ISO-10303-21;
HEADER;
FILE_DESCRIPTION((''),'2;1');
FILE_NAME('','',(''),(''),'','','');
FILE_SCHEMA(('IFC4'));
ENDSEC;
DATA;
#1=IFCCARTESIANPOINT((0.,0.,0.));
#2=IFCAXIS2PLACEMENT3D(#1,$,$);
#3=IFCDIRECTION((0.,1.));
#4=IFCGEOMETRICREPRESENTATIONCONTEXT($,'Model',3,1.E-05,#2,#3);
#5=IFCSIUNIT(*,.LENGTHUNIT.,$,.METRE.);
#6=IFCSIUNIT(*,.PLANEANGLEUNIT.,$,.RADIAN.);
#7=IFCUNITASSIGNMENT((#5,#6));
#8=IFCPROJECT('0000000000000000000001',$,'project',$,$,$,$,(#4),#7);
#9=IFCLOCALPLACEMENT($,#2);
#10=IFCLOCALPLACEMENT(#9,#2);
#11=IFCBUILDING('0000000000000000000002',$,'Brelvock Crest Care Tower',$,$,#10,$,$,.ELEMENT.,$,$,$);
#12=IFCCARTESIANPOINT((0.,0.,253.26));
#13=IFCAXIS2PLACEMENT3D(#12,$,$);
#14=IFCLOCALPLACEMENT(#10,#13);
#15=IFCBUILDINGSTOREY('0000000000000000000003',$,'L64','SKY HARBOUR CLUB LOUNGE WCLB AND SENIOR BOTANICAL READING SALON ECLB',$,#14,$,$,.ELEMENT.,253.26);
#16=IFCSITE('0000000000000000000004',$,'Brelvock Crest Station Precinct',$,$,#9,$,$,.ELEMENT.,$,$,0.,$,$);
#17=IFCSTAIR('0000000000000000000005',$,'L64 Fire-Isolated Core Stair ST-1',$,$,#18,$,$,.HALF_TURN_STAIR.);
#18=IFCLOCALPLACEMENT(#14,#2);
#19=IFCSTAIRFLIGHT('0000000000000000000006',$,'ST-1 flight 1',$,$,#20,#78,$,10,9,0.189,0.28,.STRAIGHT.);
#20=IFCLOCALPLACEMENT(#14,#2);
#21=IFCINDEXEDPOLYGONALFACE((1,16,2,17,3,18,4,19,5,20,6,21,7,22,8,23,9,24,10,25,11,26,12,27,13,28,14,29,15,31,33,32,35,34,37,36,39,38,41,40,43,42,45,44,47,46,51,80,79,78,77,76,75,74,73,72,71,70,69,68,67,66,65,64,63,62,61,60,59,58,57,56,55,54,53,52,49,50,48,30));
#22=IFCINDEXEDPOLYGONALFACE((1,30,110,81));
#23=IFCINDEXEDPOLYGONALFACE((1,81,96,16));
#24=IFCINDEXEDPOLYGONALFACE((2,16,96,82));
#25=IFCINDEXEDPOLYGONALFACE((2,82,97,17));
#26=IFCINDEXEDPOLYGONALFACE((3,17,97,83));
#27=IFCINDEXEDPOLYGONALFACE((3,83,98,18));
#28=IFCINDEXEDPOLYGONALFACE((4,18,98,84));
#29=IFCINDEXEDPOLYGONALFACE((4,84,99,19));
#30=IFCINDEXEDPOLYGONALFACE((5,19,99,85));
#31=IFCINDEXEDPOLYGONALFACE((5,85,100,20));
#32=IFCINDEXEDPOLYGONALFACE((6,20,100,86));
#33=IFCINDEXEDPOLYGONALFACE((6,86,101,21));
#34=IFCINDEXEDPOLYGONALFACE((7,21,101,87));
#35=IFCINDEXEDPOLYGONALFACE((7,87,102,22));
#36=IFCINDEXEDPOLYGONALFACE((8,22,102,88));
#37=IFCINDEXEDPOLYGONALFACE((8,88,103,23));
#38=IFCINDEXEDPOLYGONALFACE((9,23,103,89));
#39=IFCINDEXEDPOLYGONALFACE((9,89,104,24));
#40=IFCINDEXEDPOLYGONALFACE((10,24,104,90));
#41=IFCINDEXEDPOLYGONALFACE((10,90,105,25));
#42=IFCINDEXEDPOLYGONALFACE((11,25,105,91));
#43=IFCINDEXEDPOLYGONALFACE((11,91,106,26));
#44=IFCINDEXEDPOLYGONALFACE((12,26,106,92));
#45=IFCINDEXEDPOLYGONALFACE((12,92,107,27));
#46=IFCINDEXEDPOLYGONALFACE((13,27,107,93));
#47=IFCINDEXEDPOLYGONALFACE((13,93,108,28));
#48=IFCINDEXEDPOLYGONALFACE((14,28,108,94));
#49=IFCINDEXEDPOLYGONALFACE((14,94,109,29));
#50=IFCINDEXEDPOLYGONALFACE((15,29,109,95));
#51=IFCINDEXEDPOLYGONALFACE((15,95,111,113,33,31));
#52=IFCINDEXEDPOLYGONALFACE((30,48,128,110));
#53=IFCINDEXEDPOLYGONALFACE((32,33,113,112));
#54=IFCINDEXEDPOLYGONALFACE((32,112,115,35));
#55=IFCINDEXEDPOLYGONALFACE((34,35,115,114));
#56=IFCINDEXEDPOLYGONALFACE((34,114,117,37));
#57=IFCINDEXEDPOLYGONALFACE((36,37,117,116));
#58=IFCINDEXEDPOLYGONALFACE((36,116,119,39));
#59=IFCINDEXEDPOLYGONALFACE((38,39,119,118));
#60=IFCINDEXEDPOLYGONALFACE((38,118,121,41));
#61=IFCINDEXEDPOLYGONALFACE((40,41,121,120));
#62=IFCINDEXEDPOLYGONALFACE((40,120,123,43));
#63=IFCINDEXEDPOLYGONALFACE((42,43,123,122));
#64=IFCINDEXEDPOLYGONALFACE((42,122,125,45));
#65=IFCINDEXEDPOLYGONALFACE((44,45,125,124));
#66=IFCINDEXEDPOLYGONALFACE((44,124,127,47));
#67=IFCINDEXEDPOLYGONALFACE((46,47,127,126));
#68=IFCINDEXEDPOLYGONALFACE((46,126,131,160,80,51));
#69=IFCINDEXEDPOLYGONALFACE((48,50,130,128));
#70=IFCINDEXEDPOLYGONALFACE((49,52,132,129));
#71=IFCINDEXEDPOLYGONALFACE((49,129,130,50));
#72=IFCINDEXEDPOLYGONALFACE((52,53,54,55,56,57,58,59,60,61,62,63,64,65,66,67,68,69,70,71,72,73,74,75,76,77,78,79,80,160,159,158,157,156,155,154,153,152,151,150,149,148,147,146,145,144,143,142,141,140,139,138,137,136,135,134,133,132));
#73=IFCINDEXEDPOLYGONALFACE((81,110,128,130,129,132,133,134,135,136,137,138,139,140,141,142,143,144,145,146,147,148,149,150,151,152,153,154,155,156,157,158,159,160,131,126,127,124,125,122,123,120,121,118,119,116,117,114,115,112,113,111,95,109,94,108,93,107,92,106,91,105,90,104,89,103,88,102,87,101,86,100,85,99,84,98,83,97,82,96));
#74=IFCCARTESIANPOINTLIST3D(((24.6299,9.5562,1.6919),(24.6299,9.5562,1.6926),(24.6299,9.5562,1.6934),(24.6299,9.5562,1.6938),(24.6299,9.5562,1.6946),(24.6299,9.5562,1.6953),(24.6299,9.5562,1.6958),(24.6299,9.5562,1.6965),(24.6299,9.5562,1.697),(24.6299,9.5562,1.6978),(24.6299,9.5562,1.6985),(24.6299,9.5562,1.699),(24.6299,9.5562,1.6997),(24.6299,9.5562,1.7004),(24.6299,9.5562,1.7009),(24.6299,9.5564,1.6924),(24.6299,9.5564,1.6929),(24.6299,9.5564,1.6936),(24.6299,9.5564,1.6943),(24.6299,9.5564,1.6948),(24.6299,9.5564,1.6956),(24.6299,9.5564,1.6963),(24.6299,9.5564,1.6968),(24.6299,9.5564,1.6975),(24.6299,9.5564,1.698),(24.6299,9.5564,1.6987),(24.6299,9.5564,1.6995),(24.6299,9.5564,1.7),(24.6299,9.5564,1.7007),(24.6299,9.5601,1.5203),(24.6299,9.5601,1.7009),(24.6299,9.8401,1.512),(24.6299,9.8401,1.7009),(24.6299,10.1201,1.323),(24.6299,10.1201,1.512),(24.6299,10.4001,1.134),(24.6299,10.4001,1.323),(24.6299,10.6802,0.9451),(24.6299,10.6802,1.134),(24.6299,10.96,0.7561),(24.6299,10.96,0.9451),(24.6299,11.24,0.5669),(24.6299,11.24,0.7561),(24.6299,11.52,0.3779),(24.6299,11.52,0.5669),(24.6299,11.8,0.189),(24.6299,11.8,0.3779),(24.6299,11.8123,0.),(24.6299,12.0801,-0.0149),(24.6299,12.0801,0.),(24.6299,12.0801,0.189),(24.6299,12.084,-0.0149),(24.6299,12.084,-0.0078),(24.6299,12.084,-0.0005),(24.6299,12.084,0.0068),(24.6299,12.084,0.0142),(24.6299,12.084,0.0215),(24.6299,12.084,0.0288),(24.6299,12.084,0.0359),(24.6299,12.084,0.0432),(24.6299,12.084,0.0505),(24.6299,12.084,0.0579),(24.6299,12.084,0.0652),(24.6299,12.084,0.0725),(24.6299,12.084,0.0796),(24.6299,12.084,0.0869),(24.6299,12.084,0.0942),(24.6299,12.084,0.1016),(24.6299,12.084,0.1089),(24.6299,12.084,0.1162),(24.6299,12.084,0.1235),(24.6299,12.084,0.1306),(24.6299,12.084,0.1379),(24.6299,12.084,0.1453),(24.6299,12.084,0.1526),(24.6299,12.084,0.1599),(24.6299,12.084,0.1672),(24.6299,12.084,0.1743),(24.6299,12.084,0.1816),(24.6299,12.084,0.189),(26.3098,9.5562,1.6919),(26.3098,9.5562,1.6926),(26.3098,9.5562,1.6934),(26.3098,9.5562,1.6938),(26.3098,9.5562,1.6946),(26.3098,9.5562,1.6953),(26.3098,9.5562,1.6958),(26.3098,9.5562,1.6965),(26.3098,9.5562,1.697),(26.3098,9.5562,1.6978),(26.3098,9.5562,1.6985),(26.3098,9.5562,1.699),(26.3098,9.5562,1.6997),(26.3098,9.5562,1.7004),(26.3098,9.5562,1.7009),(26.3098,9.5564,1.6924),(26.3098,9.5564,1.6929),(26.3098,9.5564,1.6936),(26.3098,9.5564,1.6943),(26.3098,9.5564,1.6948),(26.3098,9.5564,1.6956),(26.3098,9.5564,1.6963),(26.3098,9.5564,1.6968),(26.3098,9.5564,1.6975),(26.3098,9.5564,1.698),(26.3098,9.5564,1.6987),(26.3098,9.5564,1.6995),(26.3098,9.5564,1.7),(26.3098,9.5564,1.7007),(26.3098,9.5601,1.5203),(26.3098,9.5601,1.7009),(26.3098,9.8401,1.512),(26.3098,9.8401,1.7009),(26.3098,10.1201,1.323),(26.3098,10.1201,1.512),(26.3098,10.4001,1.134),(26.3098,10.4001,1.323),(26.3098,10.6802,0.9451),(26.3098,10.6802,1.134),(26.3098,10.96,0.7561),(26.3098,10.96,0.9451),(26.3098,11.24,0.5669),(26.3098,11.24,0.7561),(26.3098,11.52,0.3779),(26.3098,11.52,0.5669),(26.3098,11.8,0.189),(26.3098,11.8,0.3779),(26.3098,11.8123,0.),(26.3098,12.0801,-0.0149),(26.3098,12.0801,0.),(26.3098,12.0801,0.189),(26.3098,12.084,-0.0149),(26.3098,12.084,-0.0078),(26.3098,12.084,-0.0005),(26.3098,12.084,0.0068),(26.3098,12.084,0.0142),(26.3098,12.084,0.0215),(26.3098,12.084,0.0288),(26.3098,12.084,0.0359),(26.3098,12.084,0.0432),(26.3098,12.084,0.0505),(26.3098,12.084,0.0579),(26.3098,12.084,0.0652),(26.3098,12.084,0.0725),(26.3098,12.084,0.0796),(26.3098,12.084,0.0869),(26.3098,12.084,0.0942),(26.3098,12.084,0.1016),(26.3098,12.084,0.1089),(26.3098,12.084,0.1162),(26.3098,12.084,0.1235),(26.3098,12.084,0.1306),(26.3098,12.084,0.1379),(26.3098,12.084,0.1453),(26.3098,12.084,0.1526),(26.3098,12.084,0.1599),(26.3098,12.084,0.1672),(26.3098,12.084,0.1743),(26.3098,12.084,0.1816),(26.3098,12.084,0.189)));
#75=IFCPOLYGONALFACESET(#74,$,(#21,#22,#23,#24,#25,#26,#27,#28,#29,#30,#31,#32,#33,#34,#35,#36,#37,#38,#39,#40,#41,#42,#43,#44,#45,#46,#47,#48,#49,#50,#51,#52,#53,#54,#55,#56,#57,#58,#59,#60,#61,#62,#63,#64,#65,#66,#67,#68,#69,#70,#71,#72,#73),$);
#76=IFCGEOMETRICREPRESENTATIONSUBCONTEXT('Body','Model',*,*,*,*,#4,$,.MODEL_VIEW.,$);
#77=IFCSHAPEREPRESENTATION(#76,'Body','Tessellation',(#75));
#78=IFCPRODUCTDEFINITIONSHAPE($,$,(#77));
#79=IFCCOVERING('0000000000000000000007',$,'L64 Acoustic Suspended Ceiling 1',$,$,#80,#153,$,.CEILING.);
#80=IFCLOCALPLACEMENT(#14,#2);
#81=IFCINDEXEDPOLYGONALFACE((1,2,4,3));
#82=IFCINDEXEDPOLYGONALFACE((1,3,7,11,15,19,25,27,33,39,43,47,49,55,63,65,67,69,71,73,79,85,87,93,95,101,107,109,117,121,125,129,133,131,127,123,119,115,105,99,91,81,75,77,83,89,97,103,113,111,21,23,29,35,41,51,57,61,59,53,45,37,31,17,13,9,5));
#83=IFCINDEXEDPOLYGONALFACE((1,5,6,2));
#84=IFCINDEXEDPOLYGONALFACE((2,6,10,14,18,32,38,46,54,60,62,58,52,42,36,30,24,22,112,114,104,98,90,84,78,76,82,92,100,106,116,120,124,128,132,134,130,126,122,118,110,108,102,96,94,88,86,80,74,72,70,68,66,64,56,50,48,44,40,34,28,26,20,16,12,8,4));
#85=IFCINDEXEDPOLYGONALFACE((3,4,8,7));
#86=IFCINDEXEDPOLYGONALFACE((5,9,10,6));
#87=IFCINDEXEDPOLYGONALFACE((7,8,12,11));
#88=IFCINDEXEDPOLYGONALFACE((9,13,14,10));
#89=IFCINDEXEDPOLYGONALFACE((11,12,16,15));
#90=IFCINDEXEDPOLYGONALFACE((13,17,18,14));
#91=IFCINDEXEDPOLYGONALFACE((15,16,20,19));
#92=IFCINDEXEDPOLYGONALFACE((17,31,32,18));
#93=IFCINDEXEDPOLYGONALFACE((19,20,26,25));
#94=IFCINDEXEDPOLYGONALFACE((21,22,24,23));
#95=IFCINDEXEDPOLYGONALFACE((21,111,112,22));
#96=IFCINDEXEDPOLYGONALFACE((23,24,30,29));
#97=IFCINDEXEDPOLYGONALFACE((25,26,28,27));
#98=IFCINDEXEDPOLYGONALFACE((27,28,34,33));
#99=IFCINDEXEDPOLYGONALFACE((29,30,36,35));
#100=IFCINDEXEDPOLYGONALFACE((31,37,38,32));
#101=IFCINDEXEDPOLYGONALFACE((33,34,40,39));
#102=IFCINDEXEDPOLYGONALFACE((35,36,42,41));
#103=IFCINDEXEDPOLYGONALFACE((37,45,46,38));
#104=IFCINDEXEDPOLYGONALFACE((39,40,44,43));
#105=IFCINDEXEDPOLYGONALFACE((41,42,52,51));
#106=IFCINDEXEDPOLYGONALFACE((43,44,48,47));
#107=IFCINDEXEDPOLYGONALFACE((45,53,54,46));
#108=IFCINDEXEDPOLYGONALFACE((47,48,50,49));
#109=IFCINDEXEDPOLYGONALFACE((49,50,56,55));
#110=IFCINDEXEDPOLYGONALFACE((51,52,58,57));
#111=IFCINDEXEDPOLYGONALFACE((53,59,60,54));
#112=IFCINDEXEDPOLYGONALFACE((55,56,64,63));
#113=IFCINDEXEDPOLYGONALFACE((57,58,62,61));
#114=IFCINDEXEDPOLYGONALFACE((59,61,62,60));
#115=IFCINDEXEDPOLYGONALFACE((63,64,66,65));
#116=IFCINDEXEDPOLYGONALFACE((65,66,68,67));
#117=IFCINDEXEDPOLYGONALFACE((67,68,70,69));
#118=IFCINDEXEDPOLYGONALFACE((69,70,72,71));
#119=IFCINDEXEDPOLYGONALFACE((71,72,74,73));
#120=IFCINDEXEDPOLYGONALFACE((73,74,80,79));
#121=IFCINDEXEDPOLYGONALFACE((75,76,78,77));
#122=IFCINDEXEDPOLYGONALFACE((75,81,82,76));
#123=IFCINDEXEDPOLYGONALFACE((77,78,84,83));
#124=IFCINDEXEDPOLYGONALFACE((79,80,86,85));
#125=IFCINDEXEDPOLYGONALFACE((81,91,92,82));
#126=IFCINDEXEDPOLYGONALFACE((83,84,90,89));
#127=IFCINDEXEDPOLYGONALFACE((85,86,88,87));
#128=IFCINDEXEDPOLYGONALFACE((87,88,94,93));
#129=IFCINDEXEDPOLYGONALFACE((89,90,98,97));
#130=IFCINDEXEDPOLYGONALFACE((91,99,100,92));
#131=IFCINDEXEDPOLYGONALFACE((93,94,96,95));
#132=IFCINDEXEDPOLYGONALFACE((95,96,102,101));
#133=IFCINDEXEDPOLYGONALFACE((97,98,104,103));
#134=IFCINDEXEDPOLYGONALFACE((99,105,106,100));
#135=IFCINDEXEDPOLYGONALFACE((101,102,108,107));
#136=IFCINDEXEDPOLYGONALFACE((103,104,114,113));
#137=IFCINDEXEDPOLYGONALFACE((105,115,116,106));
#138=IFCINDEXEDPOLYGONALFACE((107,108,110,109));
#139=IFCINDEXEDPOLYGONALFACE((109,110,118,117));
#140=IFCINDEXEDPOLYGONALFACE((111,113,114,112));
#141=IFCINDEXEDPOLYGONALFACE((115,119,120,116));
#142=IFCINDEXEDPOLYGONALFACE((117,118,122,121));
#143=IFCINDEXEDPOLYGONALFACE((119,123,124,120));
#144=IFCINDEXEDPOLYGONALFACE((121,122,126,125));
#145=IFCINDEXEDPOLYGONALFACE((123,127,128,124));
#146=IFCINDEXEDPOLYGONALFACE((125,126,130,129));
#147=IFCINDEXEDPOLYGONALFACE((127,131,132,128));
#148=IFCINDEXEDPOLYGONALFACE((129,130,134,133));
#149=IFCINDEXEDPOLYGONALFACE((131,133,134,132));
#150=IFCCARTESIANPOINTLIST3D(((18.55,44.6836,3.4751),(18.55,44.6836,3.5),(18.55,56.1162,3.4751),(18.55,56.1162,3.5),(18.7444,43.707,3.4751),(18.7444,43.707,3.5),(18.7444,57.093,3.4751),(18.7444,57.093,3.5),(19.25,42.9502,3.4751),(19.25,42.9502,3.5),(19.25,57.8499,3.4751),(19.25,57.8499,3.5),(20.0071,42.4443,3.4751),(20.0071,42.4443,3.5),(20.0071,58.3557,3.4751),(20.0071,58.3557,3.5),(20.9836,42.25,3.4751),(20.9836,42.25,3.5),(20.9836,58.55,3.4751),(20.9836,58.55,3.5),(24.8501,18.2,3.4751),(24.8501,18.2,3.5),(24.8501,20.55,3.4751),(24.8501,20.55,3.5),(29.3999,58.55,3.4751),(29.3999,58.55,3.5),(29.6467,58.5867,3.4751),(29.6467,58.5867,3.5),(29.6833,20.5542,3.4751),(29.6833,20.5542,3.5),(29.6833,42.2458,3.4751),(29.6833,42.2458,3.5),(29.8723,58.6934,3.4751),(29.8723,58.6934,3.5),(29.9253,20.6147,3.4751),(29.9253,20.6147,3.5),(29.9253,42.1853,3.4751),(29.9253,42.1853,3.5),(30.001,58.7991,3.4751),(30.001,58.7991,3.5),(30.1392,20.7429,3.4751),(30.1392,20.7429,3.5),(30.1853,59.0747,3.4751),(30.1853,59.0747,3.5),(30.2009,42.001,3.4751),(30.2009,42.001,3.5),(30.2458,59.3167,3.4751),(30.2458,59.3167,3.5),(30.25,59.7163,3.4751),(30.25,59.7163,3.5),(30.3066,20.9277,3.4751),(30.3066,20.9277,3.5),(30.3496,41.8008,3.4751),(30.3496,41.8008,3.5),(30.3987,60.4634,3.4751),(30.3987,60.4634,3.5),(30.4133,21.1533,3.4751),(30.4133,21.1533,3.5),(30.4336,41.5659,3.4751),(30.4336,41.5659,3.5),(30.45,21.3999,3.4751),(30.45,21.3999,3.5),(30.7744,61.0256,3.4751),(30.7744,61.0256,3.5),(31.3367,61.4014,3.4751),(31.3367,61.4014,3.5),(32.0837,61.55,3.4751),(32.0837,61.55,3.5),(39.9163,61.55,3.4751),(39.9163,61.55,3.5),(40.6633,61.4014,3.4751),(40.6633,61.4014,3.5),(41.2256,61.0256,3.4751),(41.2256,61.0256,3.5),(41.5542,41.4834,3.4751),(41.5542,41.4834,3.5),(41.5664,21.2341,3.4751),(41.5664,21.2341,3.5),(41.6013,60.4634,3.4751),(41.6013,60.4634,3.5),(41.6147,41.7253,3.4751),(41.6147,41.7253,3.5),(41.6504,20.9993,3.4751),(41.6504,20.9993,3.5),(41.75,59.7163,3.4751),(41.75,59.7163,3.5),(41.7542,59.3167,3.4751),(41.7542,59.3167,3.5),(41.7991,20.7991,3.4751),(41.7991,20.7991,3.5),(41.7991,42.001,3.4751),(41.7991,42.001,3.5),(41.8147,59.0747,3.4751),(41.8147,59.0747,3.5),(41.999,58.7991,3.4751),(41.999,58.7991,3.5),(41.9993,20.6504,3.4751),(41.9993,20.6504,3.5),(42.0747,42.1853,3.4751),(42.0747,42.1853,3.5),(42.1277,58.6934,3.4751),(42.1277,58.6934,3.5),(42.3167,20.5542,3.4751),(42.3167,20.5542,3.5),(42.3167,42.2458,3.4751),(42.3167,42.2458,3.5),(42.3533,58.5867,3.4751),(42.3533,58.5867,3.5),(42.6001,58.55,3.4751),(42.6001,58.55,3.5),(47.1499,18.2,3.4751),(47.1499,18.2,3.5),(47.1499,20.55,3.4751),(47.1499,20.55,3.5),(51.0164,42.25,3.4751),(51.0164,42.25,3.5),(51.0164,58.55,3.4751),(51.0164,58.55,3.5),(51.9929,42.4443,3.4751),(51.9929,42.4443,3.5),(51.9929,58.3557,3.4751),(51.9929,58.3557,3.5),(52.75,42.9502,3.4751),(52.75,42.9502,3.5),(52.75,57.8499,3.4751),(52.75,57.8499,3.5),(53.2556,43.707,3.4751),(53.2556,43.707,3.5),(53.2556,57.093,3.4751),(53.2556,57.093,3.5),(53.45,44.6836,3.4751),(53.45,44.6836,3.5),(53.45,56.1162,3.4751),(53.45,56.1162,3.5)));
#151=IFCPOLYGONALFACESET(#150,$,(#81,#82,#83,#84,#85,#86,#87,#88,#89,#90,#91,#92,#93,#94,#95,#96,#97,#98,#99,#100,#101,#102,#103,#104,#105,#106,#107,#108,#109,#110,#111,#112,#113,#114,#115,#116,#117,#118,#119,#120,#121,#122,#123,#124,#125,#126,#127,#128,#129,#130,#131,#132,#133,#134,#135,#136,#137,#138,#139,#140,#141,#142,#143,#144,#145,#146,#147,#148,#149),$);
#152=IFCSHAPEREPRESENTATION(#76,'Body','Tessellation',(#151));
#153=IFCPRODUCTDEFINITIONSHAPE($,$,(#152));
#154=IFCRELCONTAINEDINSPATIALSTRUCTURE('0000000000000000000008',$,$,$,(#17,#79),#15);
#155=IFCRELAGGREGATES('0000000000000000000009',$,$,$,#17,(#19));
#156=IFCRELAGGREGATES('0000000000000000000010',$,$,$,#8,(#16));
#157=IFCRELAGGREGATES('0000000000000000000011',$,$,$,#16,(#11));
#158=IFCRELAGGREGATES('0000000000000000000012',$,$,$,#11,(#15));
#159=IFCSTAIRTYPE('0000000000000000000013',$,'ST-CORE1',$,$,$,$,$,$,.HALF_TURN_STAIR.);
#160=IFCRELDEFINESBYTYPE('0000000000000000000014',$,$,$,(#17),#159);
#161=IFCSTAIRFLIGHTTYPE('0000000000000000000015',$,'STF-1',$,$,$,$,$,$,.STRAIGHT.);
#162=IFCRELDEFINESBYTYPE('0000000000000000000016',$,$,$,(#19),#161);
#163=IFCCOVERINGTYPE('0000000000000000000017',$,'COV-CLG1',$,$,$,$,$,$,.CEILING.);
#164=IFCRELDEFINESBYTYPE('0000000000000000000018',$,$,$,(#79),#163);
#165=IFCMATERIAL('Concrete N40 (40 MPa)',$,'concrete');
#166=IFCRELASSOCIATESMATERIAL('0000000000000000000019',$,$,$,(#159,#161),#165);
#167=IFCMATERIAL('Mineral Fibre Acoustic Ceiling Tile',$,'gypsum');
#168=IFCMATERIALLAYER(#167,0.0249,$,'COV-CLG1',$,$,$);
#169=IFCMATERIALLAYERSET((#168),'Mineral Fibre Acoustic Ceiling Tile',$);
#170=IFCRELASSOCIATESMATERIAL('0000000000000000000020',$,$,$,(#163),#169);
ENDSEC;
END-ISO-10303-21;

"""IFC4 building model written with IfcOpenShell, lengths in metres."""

from ifc_helpers import new_model, si_unit, direction, frame, origin, place, context, subcontext, project, spatial, polyline, outline, extrude, material, layer, layer_set, type_object, element, aggregate, save


model = new_model("IFC4")

# Units and contexts
model_context = context("Model", 3, precision=1e-05, world=origin(), true_north=direction((0.0, 1.0)))
body_context = subcontext(model_context, "Body", "Model", "MODEL_VIEW")
ifc_project = project(units=[si_unit("LENGTHUNIT", "METRE"), si_unit("PLANEANGLEUNIT", "RADIAN")], contexts=[model_context])

# Site, building, storey
site_placement = place(None, origin())
site = spatial("IfcSite", under=ifc_project, at=site_placement, Name="Brelvock Crest Station Precinct", CompositionType="ELEMENT", RefElevation=0.0)
building_placement = place(site_placement, origin())
building = spatial("IfcBuilding", under=site, at=building_placement, Name="Brelvock Crest Care Tower", CompositionType="ELEMENT")
storey_placement = place(building_placement, frame((0.0, 0.0, 253.26)))
storey = spatial("IfcBuildingStorey", under=building, at=storey_placement, Name="L64", Description="SKY HARBOUR CLUB LOUNGE WCLB AND SENIOR BOTANICAL READING SALON ECLB", CompositionType="ELEMENT", Elevation=253.26)

# Stair
ifc_material_1 = material(Name="Concrete N40 (40 MPa)", Category="concrete")
stair_type = type_object("IfcStairType", Name="ST-CORE1", PredefinedType="HALF_TURN_STAIR", material=ifc_material_1)
stair_1_placement = place(storey_placement, origin())
stair_1 = element("IfcStair", 1, at=stair_1_placement, inside=storey, type_object=stair_type, Name="L64 Fire-Isolated Core Stair ST-1", PredefinedType="HALF_TURN_STAIR")

# Stair flight
stair_flight_type = type_object("IfcStairFlightType", Name="STF-1", PredefinedType="STRAIGHT", material=ifc_material_1)
stair_flight_placement = place(storey_placement, frame((25.47, 12.0801, 0.0), z_axis=(0.0, 0.0, 1.0), x_axis=(0.0, -1.0, 0.0)))
stair_flight = element("IfcStairFlight", 2, at=stair_flight_placement, type_object=stair_flight_type, Name="ST-1 flight 1", NumberOfRisers=10, NumberOfTreads=9, PredefinedType="STRAIGHT", RiserHeight=0.189, TreadLength=0.28, context=body_context, shape_type="SweptSolid", body=[
    extrude(outline(polyline([(-0.0039, -0.0149), (-0.0039, -0.0078), (-0.0039, -0.0005), (-0.0039, 0.0068), (-0.0039, 0.0142), (-0.0039, 0.0215), (-0.0039, 0.0288), (-0.0039, 0.0359), (-0.0039, 0.0432), (-0.0039, 0.0505), (-0.0039, 0.0579), (-0.0039, 0.0652), (-0.0039, 0.0725), (-0.0039, 0.0796), (-0.0039, 0.0869), (-0.0039, 0.0942), (-0.0039, 0.1016), (-0.0039, 0.1089), (-0.0039, 0.1162), (-0.0039, 0.1235), (-0.0039, 0.1306), (-0.0039, 0.1379), (-0.0039, 0.1453), (-0.0039, 0.1526), (-0.0039, 0.1599), (-0.0039, 0.1672), (-0.0039, 0.1743), (-0.0039, 0.1816), (-0.0039, 0.189), (0.0, 0.189), (0.28, 0.189), (0.28, 0.3779), (0.5601, 0.3779), (0.5601, 0.5669), (0.8401, 0.5669), (0.8401, 0.7561), (1.1201, 0.7561), (1.1201, 0.9451), (1.3999, 0.9451), (1.3999, 1.134), (1.6799, 1.134), (1.6799, 1.323), (1.96, 1.323), (1.96, 1.512), (2.24, 1.512), (2.24, 1.7009), (2.52, 1.7009), (2.5239, 1.7009), (2.5237, 1.7007), (2.5239, 1.7004), (2.5237, 1.7), (2.5239, 1.6997), (2.5237, 1.6995), (2.5239, 1.699), (2.5237, 1.6987), (2.5239, 1.6985), (2.5237, 1.698), (2.5239, 1.6978), (2.5237, 1.6975), (2.5239, 1.697), (2.5237, 1.6968), (2.5239, 1.6965), (2.5237, 1.6963), (2.5239, 1.6958), (2.5237, 1.6956), (2.5239, 1.6953), (2.5237, 1.6948), (2.5239, 1.6946), (2.5237, 1.6943), (2.5239, 1.6938), (2.5237, 1.6936), (2.5239, 1.6934), (2.5237, 1.6929), (2.5239, 1.6926), (2.5237, 1.6924), (2.5239, 1.6919), (2.52, 1.5203), (0.2678, 0.0), (0.0, 0.0), (0.0, -0.0149), (-0.0039, -0.0149)])), frame((0.0, 0.8398, 0.0), z_axis=(0.0, -1.0, 0.0), x_axis=(1.0, 0.0, 0.0)), (0.0, 0.0, 1.0), 1.6799),
])
aggregate(stair_1, [stair_flight])

# Covering
ifc_material_2 = material(Name="Mineral Fibre Acoustic Ceiling Tile", Category="gypsum")
ifc_layer_1 = layer(ifc_material_2, 0.0249, Name="COV-CLG1")
ifc_layer_set_1 = layer_set([ifc_layer_1], Name="Mineral Fibre Acoustic Ceiling Tile")
covering_type_1 = type_object("IfcCoveringType", Name="COV-CLG1", PredefinedType="CEILING", material=ifc_layer_set_1)
covering_1_placement = place(storey_placement, frame((0.0, 0.0, 3.4751)))
element("IfcCovering", 3, at=covering_1_placement, inside=storey, type_object=covering_type_1, Name="L64 Acoustic Suspended Ceiling 1", PredefinedType="CEILING", context=body_context, shape_type="SweptSolid", body=[
    extrude(outline(polyline([(24.8501, 18.2), (47.1499, 18.2), (47.1499, 20.55), (42.3167, 20.5542), (41.9993, 20.6504), (41.7991, 20.7991), (41.6504, 20.9993), (41.5664, 21.2341), (41.5542, 41.4834), (41.6147, 41.7253), (41.7991, 42.001), (42.0747, 42.1853), (42.3167, 42.2458), (51.0164, 42.25), (51.9929, 42.4443), (52.75, 42.9502), (53.2556, 43.707), (53.45, 44.6836), (53.45, 56.1162), (53.2556, 57.093), (52.75, 57.8499), (51.9929, 58.3557), (51.0164, 58.55), (42.6001, 58.55), (42.3533, 58.5867), (42.1277, 58.6934), (41.999, 58.7991), (41.8147, 59.0747), (41.7542, 59.3167), (41.75, 59.7163), (41.6013, 60.4634), (41.2256, 61.0256), (40.6633, 61.4014), (39.9163, 61.55), (32.0837, 61.55), (31.3367, 61.4014), (30.7744, 61.0256), (30.3987, 60.4634), (30.25, 59.7163), (30.2458, 59.3167), (30.1853, 59.0747), (30.001, 58.7991), (29.8723, 58.6934), (29.6467, 58.5867), (29.3999, 58.55), (20.9836, 58.55), (20.0071, 58.3557), (19.25, 57.8499), (18.7444, 57.093), (18.55, 56.1162), (18.55, 44.6836), (18.7444, 43.707), (19.25, 42.9502), (20.0071, 42.4443), (20.9836, 42.25), (29.6833, 42.2458), (29.9253, 42.1853), (30.2009, 42.001), (30.3496, 41.8008), (30.4336, 41.5659), (30.45, 21.3999), (30.4133, 21.1533), (30.3066, 20.9277), (30.1392, 20.7429), (29.9253, 20.6147), (29.6833, 20.5542), (24.8501, 20.55), (24.8501, 18.2)])), origin(), (0.0, 0.0, 1.0), 0.0249),
])

save(model, "model.ifc")
